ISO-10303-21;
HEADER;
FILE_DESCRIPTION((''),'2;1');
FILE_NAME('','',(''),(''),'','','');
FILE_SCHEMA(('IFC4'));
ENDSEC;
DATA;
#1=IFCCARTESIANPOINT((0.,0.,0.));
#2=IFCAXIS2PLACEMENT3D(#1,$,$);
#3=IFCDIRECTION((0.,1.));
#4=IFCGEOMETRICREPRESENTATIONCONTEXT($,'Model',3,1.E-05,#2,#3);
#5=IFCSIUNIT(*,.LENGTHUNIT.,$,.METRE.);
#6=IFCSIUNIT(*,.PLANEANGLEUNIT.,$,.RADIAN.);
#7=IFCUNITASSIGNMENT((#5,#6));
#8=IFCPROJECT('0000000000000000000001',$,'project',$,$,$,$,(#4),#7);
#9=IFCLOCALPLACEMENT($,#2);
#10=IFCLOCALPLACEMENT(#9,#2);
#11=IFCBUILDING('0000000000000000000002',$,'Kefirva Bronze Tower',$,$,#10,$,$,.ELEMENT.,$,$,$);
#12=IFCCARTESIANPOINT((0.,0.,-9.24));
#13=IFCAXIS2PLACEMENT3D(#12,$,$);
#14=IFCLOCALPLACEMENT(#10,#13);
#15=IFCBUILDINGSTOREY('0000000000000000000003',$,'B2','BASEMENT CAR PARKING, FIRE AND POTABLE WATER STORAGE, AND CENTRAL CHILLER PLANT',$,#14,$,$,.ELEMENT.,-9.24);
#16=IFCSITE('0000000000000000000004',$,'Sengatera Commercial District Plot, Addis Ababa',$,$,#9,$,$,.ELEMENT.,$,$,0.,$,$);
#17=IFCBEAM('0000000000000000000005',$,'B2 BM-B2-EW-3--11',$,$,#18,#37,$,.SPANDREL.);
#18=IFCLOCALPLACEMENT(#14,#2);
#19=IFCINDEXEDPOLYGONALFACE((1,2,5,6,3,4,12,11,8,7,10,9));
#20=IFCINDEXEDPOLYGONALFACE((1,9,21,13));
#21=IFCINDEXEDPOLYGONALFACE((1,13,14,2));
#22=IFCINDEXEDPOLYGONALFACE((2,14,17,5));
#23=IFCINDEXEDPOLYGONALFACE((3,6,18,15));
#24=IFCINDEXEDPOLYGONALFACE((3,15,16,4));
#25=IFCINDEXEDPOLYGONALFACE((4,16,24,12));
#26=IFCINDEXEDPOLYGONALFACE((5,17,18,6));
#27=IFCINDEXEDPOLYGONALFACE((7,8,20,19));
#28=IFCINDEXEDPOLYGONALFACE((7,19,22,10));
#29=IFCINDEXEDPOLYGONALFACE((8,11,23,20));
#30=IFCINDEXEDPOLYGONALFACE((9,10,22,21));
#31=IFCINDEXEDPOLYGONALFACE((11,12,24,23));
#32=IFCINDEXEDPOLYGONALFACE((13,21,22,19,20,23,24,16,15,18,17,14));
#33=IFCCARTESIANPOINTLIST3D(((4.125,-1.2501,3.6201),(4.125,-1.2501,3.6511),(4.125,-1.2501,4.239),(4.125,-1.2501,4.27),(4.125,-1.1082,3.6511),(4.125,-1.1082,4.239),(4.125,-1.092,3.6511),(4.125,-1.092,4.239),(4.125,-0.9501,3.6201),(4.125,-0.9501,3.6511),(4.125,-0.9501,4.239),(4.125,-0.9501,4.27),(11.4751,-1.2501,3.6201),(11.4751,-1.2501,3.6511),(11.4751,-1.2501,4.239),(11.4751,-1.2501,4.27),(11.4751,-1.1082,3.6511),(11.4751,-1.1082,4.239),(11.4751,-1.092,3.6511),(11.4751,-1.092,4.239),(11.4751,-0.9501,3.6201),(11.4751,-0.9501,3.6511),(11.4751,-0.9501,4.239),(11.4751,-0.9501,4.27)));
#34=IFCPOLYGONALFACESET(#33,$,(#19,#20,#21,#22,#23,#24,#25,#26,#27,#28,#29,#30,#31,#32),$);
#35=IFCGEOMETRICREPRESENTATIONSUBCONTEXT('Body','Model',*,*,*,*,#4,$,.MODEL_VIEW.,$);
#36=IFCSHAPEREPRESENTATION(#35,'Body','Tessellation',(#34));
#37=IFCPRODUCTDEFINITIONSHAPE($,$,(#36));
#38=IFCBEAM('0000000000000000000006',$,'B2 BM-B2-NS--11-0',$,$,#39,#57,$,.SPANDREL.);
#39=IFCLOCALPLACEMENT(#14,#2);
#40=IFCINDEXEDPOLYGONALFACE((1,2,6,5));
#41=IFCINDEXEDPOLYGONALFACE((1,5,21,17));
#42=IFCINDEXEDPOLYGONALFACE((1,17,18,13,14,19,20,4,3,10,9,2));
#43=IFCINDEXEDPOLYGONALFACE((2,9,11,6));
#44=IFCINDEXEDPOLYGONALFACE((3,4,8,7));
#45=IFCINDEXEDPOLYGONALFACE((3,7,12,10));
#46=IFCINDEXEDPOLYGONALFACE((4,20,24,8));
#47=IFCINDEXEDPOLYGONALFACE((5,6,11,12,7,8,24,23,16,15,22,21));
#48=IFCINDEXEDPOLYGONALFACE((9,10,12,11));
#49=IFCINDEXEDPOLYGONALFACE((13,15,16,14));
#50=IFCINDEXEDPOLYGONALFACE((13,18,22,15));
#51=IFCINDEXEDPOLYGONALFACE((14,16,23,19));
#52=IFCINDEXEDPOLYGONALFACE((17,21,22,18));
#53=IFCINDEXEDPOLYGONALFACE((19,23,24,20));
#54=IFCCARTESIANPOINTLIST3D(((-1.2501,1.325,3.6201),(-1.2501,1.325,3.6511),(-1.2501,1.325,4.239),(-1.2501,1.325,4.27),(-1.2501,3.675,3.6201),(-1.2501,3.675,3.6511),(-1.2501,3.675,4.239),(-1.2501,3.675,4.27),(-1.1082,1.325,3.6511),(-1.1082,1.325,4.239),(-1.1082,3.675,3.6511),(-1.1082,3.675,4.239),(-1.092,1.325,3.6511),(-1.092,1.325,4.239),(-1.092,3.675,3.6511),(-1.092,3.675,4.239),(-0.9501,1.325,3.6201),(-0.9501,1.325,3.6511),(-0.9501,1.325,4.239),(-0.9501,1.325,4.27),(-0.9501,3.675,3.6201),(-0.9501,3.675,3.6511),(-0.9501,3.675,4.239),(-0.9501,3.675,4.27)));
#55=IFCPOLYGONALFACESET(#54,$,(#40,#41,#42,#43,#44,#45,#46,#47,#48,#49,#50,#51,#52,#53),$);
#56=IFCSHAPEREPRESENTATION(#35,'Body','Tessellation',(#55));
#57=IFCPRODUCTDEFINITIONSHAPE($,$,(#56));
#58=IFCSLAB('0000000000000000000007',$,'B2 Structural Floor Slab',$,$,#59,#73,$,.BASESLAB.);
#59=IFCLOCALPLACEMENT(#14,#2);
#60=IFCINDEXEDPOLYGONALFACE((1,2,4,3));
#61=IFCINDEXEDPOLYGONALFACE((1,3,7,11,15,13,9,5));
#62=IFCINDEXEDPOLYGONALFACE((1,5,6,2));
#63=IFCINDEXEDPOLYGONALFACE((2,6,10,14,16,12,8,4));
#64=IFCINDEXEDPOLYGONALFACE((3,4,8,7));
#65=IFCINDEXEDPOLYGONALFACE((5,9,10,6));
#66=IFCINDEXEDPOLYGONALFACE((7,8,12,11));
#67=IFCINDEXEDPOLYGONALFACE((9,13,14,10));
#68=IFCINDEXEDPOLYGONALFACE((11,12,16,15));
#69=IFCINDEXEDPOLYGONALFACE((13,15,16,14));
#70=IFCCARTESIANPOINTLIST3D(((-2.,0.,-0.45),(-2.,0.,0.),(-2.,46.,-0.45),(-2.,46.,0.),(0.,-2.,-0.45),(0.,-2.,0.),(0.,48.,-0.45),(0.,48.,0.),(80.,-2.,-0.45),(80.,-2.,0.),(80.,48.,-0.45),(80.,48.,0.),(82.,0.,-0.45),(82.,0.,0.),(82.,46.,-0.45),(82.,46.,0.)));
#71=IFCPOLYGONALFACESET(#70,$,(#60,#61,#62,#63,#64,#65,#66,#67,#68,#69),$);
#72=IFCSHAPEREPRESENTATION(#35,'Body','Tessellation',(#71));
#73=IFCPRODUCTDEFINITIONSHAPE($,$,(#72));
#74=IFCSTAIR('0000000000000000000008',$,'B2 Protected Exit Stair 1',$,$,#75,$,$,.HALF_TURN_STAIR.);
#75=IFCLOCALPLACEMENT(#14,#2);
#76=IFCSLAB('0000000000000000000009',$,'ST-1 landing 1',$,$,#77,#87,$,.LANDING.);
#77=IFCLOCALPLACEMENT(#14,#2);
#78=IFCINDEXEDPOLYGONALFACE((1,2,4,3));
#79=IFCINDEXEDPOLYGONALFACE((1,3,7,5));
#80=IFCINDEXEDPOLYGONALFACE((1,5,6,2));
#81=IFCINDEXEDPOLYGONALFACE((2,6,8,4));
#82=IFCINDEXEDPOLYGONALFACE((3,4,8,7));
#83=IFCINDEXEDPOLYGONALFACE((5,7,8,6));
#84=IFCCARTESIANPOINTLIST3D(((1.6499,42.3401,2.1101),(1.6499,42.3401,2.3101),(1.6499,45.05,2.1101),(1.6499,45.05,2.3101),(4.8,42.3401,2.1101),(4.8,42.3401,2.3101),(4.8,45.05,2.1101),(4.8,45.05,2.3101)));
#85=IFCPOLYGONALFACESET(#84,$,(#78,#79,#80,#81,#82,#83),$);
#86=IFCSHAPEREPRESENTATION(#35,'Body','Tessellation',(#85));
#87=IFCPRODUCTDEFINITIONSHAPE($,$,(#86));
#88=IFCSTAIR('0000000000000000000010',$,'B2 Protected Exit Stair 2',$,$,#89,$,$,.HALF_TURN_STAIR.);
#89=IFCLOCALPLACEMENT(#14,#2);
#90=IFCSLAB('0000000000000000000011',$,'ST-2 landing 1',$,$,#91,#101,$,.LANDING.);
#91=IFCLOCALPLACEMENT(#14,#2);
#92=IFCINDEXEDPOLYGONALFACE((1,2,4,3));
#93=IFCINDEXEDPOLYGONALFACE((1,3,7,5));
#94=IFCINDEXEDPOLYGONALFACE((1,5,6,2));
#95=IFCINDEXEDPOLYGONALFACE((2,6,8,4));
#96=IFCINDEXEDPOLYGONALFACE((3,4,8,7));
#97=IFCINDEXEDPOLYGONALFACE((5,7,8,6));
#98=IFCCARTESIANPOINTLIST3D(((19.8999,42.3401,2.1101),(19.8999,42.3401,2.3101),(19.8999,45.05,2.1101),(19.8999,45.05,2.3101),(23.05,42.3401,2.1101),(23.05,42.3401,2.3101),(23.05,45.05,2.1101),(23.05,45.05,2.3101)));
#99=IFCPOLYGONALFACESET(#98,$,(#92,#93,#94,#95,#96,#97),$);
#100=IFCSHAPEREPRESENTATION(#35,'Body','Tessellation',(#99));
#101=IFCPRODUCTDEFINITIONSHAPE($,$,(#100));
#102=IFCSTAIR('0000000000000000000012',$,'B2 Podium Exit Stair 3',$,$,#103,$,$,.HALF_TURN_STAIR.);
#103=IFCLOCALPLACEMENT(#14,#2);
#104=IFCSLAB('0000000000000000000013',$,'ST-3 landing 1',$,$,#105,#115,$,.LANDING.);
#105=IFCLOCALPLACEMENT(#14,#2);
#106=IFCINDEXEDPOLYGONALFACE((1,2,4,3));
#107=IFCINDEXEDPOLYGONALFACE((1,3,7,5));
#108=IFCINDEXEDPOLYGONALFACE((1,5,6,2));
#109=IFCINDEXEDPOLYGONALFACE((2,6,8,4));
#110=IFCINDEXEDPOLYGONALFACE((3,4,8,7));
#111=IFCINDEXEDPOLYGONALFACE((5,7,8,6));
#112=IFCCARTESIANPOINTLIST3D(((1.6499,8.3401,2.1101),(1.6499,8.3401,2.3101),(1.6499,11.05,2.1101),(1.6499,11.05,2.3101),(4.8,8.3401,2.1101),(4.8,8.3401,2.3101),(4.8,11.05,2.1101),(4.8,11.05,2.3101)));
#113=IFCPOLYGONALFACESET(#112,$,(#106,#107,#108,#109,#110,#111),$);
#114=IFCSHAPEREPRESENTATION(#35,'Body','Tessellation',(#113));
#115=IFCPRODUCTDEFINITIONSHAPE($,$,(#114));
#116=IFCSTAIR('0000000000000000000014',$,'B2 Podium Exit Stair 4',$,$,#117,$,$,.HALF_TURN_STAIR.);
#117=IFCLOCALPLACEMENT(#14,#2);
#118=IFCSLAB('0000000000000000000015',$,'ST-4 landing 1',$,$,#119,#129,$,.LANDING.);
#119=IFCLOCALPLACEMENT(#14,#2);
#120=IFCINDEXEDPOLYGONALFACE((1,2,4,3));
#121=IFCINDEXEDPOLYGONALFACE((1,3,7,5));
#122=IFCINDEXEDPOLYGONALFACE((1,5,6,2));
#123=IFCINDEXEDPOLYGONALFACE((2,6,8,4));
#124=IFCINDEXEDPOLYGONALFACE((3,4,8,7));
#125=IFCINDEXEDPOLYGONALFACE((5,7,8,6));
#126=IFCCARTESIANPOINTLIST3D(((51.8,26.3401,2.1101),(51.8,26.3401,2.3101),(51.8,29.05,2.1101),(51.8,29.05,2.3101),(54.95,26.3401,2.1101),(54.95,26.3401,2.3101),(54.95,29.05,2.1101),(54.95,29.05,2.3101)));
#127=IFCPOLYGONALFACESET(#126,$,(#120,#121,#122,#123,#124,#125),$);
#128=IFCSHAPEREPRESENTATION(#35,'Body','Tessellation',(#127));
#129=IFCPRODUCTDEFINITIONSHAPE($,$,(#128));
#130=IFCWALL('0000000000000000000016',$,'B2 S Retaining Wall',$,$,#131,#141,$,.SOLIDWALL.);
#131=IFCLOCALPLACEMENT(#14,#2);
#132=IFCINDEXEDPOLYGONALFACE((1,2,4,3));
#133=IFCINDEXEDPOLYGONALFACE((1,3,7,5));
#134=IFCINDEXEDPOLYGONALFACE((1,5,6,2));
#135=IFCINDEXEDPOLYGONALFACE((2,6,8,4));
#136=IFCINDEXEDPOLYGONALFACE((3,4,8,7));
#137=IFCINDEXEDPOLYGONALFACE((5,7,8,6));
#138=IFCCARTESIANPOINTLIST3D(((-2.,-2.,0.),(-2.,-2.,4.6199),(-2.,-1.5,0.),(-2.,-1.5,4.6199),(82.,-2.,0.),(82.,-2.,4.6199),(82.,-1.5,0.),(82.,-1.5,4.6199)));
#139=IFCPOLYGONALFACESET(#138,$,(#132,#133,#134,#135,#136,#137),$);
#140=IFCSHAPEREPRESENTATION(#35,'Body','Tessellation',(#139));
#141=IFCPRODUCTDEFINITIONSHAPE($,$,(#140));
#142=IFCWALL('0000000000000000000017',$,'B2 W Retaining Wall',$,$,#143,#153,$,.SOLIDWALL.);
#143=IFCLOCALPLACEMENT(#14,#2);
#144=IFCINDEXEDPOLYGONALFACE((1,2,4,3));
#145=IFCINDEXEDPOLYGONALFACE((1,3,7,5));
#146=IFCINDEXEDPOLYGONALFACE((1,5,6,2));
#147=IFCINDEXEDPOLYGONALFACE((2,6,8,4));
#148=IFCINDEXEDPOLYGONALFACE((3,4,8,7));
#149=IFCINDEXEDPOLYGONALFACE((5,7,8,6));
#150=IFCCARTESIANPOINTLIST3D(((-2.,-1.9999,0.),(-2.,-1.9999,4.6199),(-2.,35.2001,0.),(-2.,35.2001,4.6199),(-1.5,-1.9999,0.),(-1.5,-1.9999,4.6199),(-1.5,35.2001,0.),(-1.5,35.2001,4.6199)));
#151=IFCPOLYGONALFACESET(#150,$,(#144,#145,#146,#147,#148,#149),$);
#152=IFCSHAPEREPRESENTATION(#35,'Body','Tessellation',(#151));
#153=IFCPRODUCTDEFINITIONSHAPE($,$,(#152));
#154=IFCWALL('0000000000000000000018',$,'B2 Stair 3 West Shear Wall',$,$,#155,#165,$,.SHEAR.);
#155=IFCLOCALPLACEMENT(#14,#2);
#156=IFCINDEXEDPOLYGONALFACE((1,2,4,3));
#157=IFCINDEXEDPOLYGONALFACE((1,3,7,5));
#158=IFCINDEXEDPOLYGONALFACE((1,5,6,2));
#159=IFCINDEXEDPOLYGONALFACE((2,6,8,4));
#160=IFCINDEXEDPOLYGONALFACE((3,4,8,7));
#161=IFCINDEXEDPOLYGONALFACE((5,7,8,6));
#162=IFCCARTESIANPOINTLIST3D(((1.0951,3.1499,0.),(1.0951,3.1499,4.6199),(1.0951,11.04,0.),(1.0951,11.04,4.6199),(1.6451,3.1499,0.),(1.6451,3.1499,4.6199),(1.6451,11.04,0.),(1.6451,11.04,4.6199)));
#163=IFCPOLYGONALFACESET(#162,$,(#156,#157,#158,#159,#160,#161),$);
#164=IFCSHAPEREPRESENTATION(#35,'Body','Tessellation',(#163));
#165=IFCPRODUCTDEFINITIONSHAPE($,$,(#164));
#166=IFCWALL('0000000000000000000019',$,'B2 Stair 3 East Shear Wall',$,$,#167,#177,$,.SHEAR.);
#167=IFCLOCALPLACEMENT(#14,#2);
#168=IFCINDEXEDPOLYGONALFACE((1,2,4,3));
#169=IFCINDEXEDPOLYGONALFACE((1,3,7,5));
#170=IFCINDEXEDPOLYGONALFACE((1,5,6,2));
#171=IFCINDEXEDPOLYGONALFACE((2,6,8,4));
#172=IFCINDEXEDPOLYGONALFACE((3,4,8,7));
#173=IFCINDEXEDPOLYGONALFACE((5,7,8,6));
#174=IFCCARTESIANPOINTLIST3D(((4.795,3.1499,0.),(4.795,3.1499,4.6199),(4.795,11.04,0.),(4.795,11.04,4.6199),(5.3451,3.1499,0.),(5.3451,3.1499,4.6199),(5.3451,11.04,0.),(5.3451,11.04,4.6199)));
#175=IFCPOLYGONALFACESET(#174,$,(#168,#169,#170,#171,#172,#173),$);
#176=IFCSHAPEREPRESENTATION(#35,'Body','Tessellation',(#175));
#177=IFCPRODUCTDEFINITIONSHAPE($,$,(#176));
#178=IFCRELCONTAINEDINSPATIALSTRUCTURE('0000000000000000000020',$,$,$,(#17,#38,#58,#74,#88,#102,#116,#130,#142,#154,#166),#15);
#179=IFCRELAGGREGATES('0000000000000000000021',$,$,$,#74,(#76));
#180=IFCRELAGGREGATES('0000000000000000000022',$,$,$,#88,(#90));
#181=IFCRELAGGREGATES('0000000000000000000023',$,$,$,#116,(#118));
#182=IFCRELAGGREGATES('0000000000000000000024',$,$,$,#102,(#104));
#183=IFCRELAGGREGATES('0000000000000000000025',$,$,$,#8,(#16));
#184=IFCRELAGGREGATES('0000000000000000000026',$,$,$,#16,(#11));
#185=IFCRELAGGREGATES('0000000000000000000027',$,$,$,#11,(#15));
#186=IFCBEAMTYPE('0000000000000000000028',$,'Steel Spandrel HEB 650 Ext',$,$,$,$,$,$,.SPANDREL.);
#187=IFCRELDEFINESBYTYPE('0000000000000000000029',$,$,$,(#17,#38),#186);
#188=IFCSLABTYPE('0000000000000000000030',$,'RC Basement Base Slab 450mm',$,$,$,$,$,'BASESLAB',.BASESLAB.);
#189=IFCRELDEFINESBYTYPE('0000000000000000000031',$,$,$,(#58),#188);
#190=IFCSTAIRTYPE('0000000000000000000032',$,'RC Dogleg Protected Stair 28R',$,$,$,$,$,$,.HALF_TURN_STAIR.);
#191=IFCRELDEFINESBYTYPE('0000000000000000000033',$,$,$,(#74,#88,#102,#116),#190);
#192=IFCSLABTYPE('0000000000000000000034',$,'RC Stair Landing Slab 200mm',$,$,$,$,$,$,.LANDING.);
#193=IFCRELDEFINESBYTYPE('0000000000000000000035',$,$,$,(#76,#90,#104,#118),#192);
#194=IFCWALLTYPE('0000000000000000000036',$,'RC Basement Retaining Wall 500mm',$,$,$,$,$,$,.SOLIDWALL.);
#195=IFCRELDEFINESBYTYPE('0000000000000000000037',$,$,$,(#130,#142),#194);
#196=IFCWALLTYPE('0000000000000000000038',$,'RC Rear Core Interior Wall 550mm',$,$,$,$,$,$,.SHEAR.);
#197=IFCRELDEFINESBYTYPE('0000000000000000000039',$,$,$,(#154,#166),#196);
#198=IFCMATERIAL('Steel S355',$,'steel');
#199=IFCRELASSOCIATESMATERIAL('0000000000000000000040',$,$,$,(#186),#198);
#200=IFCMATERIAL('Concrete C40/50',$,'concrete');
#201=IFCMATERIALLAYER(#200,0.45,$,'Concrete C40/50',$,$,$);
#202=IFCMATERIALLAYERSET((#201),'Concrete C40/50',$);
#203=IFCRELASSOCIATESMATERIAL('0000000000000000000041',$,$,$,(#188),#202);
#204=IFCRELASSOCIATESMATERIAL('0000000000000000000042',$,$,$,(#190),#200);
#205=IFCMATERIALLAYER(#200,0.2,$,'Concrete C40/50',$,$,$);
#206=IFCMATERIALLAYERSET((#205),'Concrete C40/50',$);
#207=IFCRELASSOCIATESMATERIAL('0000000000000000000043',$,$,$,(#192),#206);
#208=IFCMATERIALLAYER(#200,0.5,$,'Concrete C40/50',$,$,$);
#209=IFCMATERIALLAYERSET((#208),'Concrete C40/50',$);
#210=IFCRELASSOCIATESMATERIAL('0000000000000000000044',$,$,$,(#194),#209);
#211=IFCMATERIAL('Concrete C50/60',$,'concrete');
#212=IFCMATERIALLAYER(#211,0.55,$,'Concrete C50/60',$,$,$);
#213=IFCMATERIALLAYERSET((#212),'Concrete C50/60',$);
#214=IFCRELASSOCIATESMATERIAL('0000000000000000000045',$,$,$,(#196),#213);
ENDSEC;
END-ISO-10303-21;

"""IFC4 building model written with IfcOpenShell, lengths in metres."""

from ifc_helpers import new_model, si_unit, direction, frame, frame_2d, origin, origin_2d, place, context, subcontext, project, spatial, polyline, rectangle, i_section, outline, extrude, material, layer, layer_set, material_profile, profile_set, type_object, element, aggregate, save


model = new_model("IFC4")

# Units and contexts
model_context = context("Model", 3, precision=1e-05, world=origin(), true_north=direction((0.0, 1.0)))
body_context = subcontext(model_context, "Body", "Model", "MODEL_VIEW")
ifc_project = project(units=[si_unit("LENGTHUNIT", "METRE"), si_unit("PLANEANGLEUNIT", "RADIAN")], contexts=[model_context])

# Site, building, storey
site_placement = place(None, origin())
site = spatial("IfcSite", under=ifc_project, at=site_placement, Name="Sengatera Commercial District Plot, Addis Ababa", CompositionType="ELEMENT", RefElevation=0.0)
building_placement = place(site_placement, origin())
building = spatial("IfcBuilding", under=site, at=building_placement, Name="Kefirva Bronze Tower", CompositionType="ELEMENT")
storey_placement = place(building_placement, frame((0.0, 0.0, -9.24)))
storey = spatial("IfcBuildingStorey", under=building, at=storey_placement, Name="B2", Description="BASEMENT CAR PARKING, FIRE AND POTABLE WATER STORAGE, AND CENTRAL CHILLER PLANT", CompositionType="ELEMENT", Elevation=-9.24)

# Shared definitions
ifc_material_1 = material(Name="Concrete C50/60", Category="concrete")

# Beams
ifc_material_2 = material(Name="Steel S355", Category="steel")
ifc_material_profile_1 = material_profile(ifc_material_2, i_section(OverallWidth=0.3, OverallDepth=0.6499, WebThickness=0.0161, FlangeThickness=0.031, at=origin_2d()), Name="HEB 650")
ifc_profile_set_1 = profile_set([ifc_material_profile_1], Name="Steel S355")
beam_type_1 = type_object("IfcBeamType", Name="Steel Spandrel HEB 650 Ext", PredefinedType="SPANDREL", material=ifc_profile_set_1)
beam_1_placement = place(storey_placement, frame((4.125, -1.1001, 3.9451), z_axis=(1.0, 0.0, 0.0), x_axis=(0.0, 1.0, 0.0)))
element("IfcBeam", 1, at=beam_1_placement, inside=storey, type_object=beam_type_1, Name="B2 BM-B2-EW-3--11", PredefinedType="SPANDREL", context=body_context, shape_type="SweptSolid", body=[
    extrude(i_section(OverallWidth=0.3, OverallDepth=0.6499, WebThickness=0.0161, FlangeThickness=0.031, at=origin_2d()), origin(), (0.0, 0.0, 1.0), 7.3501),
])
beam_2_placement = place(storey_placement, frame((-1.1001, 1.325, 3.9451), z_axis=(0.0, 1.0, 0.0), x_axis=(-1.0, 0.0, 0.0)))
element("IfcBeam", 2, at=beam_2_placement, inside=storey, type_object=beam_type_1, Name="B2 BM-B2-NS--11-0", PredefinedType="SPANDREL", context=body_context, shape_type="SweptSolid", body=[
    extrude(i_section(OverallWidth=0.3, OverallDepth=0.6499, WebThickness=0.0161, FlangeThickness=0.031, at=origin_2d()), origin(), (0.0, 0.0, 1.0), 2.3501),
])

# Slab
ifc_material_3 = material(Name="Concrete C40/50", Category="concrete")
ifc_layer_1 = layer(ifc_material_3, 0.45, Name="Concrete C40/50")
ifc_layer_set_1 = layer_set([ifc_layer_1], Name="Concrete C40/50")
slab_type_1 = type_object("IfcSlabType", Name="RC Basement Base Slab 450mm", ElementType="BASESLAB", PredefinedType="BASESLAB", material=ifc_layer_set_1)
slab_1_placement = place(storey_placement, frame((0.0, 0.0, -0.45)))
element("IfcSlab", 3, at=slab_1_placement, inside=storey, type_object=slab_type_1, Name="B2 Structural Floor Slab", PredefinedType="BASESLAB", context=body_context, shape_type="SweptSolid", body=[
    extrude(outline(polyline([(0.0, -2.0), (80.0, -2.0), (82.0, 0.0), (82.0, 46.0), (80.0, 48.0), (0.0, 48.0), (-2.0, 46.0), (-2.0, 0.0), (0.0, -2.0)])), origin(), (0.0, 0.0, 1.0), 0.45),
])

# Stairs, slabs
stair_type = type_object("IfcStairType", Name="RC Dogleg Protected Stair 28R", PredefinedType="HALF_TURN_STAIR", material=ifc_material_3)
stair_1_placement = place(storey_placement, origin())
stair_1 = element("IfcStair", 4, at=stair_1_placement, inside=storey, type_object=stair_type, Name="B2 Protected Exit Stair 1", PredefinedType="HALF_TURN_STAIR")
ifc_layer_2 = layer(ifc_material_3, 0.2, Name="Concrete C40/50")
ifc_layer_set_2 = layer_set([ifc_layer_2], Name="Concrete C40/50")
slab_type_2 = type_object("IfcSlabType", Name="RC Stair Landing Slab 200mm", PredefinedType="LANDING", material=ifc_layer_set_2)
slab_2_placement = place(storey_placement, frame((0.0, 0.0, 2.1101)))
slab_2 = element("IfcSlab", 5, at=slab_2_placement, type_object=slab_type_2, Name="ST-1 landing 1", PredefinedType="LANDING", context=body_context, shape_type="SweptSolid", body=[
    extrude(outline(polyline([(4.8, 42.3401), (4.8, 45.05), (1.6499, 45.05), (1.6499, 42.3401), (4.8, 42.3401)])), origin(), (0.0, 0.0, 1.0), 0.2),
])
aggregate(stair_1, [slab_2])
stair_2_placement = place(storey_placement, origin())
stair_2 = element("IfcStair", 6, at=stair_2_placement, inside=storey, type_object=stair_type, Name="B2 Protected Exit Stair 2", PredefinedType="HALF_TURN_STAIR")
slab_3_placement = place(storey_placement, frame((0.0, 0.0, 2.1101)))
slab_3 = element("IfcSlab", 7, at=slab_3_placement, type_object=slab_type_2, Name="ST-2 landing 1", PredefinedType="LANDING", context=body_context, shape_type="SweptSolid", body=[
    extrude(outline(polyline([(23.05, 42.3401), (23.05, 45.05), (19.8999, 45.05), (19.8999, 42.3401), (23.05, 42.3401)])), origin(), (0.0, 0.0, 1.0), 0.2),
])
aggregate(stair_2, [slab_3])
stair_3_placement = place(storey_placement, origin())
stair_3 = element("IfcStair", 8, at=stair_3_placement, inside=storey, type_object=stair_type, Name="B2 Podium Exit Stair 3", PredefinedType="HALF_TURN_STAIR")
slab_4_placement = place(storey_placement, frame((0.0, 0.0, 2.1101)))
slab_4 = element("IfcSlab", 9, at=slab_4_placement, type_object=slab_type_2, Name="ST-3 landing 1", PredefinedType="LANDING", context=body_context, shape_type="SweptSolid", body=[
    extrude(outline(polyline([(4.8, 8.3401), (4.8, 11.05), (1.6499, 11.05), (1.6499, 8.3401), (4.8, 8.3401)])), origin(), (0.0, 0.0, 1.0), 0.2),
])
stair_4_placement = place(storey_placement, origin())
stair_4 = element("IfcStair", 10, at=stair_4_placement, inside=storey, type_object=stair_type, Name="B2 Podium Exit Stair 4", PredefinedType="HALF_TURN_STAIR")
slab_5_placement = place(storey_placement, frame((0.0, 0.0, 2.1101)))
slab_5 = element("IfcSlab", 11, at=slab_5_placement, type_object=slab_type_2, Name="ST-4 landing 1", PredefinedType="LANDING", context=body_context, shape_type="SweptSolid", body=[
    extrude(outline(polyline([(54.95, 26.3401), (54.95, 29.05), (51.8, 29.05), (51.8, 26.3401), (54.95, 26.3401)])), origin(), (0.0, 0.0, 1.0), 0.2),
])
aggregate(stair_4, [slab_5])

# Walls
ifc_layer_3 = layer(ifc_material_3, 0.5, Name="Concrete C40/50")
ifc_layer_set_3 = layer_set([ifc_layer_3], Name="Concrete C40/50")
wall_type_1 = type_object("IfcWallType", Name="RC Basement Retaining Wall 500mm", PredefinedType="SOLIDWALL", material=ifc_layer_set_3)
wall_1_placement = place(storey_placement, frame((-2.0, -1.75, 0.0), z_axis=(0.0, 0.0, 1.0), x_axis=(1.0, 0.0, 0.0)))
element("IfcWall", 12, at=wall_1_placement, inside=storey, type_object=wall_type_1, Name="B2 S Retaining Wall", PredefinedType="SOLIDWALL", context=body_context, shape_type="SweptSolid", body=[
    extrude(rectangle(XDim=84.0, YDim=0.5, at=frame_2d((42.0, 0.0))), origin(), (0.0, 0.0, 1.0), 4.6199),
])
wall_2_placement = place(storey_placement, frame((-1.75, -2.0, 0.0), z_axis=(0.0, 0.0, 1.0), x_axis=(0.0, 1.0, 0.0)))
element("IfcWall", 13, at=wall_2_placement, inside=storey, type_object=wall_type_1, Name="B2 W Retaining Wall", PredefinedType="SOLIDWALL", context=body_context, shape_type="SweptSolid", body=[
    extrude(rectangle(XDim=37.2, YDim=0.5, at=frame_2d((18.6001, 0.0))), origin(), (0.0, 0.0, 1.0), 4.6199),
])
ifc_layer_4 = layer(ifc_material_1, 0.55, Name="Concrete C50/60")
ifc_layer_set_4 = layer_set([ifc_layer_4], Name="Concrete C50/60")
wall_type_2 = type_object("IfcWallType", Name="RC Rear Core Interior Wall 550mm", PredefinedType="SHEAR", material=ifc_layer_set_4)
for number, where, z_axis, x_axis, name in (
    (14, (1.3701, 3.1499, 0.0), (0.0, 0.0, 1.0), (0.0, 1.0, 0.0), "B2 Stair 3 West Shear Wall"),
    (15, (5.0701, 3.1499, 0.0), (0.0, 0.0, 1.0), (0.0, 1.0, 0.0), "B2 Stair 3 East Shear Wall"),
):
    element("IfcWall", number, at=place(storey_placement, frame(where, z_axis=z_axis, x_axis=x_axis)), inside=storey, type_object=wall_type_2, Name=name, PredefinedType="SHEAR", context=body_context, shape_type="SweptSolid", body=[
        extrude(rectangle(XDim=7.8901, YDim=0.55, at=frame_2d((3.9451, 0.0))), origin(), (0.0, 0.0, 1.0), 4.6199),
    ])

aggregate(stair_3, [slab_4])

save(model, "model.ifc")
